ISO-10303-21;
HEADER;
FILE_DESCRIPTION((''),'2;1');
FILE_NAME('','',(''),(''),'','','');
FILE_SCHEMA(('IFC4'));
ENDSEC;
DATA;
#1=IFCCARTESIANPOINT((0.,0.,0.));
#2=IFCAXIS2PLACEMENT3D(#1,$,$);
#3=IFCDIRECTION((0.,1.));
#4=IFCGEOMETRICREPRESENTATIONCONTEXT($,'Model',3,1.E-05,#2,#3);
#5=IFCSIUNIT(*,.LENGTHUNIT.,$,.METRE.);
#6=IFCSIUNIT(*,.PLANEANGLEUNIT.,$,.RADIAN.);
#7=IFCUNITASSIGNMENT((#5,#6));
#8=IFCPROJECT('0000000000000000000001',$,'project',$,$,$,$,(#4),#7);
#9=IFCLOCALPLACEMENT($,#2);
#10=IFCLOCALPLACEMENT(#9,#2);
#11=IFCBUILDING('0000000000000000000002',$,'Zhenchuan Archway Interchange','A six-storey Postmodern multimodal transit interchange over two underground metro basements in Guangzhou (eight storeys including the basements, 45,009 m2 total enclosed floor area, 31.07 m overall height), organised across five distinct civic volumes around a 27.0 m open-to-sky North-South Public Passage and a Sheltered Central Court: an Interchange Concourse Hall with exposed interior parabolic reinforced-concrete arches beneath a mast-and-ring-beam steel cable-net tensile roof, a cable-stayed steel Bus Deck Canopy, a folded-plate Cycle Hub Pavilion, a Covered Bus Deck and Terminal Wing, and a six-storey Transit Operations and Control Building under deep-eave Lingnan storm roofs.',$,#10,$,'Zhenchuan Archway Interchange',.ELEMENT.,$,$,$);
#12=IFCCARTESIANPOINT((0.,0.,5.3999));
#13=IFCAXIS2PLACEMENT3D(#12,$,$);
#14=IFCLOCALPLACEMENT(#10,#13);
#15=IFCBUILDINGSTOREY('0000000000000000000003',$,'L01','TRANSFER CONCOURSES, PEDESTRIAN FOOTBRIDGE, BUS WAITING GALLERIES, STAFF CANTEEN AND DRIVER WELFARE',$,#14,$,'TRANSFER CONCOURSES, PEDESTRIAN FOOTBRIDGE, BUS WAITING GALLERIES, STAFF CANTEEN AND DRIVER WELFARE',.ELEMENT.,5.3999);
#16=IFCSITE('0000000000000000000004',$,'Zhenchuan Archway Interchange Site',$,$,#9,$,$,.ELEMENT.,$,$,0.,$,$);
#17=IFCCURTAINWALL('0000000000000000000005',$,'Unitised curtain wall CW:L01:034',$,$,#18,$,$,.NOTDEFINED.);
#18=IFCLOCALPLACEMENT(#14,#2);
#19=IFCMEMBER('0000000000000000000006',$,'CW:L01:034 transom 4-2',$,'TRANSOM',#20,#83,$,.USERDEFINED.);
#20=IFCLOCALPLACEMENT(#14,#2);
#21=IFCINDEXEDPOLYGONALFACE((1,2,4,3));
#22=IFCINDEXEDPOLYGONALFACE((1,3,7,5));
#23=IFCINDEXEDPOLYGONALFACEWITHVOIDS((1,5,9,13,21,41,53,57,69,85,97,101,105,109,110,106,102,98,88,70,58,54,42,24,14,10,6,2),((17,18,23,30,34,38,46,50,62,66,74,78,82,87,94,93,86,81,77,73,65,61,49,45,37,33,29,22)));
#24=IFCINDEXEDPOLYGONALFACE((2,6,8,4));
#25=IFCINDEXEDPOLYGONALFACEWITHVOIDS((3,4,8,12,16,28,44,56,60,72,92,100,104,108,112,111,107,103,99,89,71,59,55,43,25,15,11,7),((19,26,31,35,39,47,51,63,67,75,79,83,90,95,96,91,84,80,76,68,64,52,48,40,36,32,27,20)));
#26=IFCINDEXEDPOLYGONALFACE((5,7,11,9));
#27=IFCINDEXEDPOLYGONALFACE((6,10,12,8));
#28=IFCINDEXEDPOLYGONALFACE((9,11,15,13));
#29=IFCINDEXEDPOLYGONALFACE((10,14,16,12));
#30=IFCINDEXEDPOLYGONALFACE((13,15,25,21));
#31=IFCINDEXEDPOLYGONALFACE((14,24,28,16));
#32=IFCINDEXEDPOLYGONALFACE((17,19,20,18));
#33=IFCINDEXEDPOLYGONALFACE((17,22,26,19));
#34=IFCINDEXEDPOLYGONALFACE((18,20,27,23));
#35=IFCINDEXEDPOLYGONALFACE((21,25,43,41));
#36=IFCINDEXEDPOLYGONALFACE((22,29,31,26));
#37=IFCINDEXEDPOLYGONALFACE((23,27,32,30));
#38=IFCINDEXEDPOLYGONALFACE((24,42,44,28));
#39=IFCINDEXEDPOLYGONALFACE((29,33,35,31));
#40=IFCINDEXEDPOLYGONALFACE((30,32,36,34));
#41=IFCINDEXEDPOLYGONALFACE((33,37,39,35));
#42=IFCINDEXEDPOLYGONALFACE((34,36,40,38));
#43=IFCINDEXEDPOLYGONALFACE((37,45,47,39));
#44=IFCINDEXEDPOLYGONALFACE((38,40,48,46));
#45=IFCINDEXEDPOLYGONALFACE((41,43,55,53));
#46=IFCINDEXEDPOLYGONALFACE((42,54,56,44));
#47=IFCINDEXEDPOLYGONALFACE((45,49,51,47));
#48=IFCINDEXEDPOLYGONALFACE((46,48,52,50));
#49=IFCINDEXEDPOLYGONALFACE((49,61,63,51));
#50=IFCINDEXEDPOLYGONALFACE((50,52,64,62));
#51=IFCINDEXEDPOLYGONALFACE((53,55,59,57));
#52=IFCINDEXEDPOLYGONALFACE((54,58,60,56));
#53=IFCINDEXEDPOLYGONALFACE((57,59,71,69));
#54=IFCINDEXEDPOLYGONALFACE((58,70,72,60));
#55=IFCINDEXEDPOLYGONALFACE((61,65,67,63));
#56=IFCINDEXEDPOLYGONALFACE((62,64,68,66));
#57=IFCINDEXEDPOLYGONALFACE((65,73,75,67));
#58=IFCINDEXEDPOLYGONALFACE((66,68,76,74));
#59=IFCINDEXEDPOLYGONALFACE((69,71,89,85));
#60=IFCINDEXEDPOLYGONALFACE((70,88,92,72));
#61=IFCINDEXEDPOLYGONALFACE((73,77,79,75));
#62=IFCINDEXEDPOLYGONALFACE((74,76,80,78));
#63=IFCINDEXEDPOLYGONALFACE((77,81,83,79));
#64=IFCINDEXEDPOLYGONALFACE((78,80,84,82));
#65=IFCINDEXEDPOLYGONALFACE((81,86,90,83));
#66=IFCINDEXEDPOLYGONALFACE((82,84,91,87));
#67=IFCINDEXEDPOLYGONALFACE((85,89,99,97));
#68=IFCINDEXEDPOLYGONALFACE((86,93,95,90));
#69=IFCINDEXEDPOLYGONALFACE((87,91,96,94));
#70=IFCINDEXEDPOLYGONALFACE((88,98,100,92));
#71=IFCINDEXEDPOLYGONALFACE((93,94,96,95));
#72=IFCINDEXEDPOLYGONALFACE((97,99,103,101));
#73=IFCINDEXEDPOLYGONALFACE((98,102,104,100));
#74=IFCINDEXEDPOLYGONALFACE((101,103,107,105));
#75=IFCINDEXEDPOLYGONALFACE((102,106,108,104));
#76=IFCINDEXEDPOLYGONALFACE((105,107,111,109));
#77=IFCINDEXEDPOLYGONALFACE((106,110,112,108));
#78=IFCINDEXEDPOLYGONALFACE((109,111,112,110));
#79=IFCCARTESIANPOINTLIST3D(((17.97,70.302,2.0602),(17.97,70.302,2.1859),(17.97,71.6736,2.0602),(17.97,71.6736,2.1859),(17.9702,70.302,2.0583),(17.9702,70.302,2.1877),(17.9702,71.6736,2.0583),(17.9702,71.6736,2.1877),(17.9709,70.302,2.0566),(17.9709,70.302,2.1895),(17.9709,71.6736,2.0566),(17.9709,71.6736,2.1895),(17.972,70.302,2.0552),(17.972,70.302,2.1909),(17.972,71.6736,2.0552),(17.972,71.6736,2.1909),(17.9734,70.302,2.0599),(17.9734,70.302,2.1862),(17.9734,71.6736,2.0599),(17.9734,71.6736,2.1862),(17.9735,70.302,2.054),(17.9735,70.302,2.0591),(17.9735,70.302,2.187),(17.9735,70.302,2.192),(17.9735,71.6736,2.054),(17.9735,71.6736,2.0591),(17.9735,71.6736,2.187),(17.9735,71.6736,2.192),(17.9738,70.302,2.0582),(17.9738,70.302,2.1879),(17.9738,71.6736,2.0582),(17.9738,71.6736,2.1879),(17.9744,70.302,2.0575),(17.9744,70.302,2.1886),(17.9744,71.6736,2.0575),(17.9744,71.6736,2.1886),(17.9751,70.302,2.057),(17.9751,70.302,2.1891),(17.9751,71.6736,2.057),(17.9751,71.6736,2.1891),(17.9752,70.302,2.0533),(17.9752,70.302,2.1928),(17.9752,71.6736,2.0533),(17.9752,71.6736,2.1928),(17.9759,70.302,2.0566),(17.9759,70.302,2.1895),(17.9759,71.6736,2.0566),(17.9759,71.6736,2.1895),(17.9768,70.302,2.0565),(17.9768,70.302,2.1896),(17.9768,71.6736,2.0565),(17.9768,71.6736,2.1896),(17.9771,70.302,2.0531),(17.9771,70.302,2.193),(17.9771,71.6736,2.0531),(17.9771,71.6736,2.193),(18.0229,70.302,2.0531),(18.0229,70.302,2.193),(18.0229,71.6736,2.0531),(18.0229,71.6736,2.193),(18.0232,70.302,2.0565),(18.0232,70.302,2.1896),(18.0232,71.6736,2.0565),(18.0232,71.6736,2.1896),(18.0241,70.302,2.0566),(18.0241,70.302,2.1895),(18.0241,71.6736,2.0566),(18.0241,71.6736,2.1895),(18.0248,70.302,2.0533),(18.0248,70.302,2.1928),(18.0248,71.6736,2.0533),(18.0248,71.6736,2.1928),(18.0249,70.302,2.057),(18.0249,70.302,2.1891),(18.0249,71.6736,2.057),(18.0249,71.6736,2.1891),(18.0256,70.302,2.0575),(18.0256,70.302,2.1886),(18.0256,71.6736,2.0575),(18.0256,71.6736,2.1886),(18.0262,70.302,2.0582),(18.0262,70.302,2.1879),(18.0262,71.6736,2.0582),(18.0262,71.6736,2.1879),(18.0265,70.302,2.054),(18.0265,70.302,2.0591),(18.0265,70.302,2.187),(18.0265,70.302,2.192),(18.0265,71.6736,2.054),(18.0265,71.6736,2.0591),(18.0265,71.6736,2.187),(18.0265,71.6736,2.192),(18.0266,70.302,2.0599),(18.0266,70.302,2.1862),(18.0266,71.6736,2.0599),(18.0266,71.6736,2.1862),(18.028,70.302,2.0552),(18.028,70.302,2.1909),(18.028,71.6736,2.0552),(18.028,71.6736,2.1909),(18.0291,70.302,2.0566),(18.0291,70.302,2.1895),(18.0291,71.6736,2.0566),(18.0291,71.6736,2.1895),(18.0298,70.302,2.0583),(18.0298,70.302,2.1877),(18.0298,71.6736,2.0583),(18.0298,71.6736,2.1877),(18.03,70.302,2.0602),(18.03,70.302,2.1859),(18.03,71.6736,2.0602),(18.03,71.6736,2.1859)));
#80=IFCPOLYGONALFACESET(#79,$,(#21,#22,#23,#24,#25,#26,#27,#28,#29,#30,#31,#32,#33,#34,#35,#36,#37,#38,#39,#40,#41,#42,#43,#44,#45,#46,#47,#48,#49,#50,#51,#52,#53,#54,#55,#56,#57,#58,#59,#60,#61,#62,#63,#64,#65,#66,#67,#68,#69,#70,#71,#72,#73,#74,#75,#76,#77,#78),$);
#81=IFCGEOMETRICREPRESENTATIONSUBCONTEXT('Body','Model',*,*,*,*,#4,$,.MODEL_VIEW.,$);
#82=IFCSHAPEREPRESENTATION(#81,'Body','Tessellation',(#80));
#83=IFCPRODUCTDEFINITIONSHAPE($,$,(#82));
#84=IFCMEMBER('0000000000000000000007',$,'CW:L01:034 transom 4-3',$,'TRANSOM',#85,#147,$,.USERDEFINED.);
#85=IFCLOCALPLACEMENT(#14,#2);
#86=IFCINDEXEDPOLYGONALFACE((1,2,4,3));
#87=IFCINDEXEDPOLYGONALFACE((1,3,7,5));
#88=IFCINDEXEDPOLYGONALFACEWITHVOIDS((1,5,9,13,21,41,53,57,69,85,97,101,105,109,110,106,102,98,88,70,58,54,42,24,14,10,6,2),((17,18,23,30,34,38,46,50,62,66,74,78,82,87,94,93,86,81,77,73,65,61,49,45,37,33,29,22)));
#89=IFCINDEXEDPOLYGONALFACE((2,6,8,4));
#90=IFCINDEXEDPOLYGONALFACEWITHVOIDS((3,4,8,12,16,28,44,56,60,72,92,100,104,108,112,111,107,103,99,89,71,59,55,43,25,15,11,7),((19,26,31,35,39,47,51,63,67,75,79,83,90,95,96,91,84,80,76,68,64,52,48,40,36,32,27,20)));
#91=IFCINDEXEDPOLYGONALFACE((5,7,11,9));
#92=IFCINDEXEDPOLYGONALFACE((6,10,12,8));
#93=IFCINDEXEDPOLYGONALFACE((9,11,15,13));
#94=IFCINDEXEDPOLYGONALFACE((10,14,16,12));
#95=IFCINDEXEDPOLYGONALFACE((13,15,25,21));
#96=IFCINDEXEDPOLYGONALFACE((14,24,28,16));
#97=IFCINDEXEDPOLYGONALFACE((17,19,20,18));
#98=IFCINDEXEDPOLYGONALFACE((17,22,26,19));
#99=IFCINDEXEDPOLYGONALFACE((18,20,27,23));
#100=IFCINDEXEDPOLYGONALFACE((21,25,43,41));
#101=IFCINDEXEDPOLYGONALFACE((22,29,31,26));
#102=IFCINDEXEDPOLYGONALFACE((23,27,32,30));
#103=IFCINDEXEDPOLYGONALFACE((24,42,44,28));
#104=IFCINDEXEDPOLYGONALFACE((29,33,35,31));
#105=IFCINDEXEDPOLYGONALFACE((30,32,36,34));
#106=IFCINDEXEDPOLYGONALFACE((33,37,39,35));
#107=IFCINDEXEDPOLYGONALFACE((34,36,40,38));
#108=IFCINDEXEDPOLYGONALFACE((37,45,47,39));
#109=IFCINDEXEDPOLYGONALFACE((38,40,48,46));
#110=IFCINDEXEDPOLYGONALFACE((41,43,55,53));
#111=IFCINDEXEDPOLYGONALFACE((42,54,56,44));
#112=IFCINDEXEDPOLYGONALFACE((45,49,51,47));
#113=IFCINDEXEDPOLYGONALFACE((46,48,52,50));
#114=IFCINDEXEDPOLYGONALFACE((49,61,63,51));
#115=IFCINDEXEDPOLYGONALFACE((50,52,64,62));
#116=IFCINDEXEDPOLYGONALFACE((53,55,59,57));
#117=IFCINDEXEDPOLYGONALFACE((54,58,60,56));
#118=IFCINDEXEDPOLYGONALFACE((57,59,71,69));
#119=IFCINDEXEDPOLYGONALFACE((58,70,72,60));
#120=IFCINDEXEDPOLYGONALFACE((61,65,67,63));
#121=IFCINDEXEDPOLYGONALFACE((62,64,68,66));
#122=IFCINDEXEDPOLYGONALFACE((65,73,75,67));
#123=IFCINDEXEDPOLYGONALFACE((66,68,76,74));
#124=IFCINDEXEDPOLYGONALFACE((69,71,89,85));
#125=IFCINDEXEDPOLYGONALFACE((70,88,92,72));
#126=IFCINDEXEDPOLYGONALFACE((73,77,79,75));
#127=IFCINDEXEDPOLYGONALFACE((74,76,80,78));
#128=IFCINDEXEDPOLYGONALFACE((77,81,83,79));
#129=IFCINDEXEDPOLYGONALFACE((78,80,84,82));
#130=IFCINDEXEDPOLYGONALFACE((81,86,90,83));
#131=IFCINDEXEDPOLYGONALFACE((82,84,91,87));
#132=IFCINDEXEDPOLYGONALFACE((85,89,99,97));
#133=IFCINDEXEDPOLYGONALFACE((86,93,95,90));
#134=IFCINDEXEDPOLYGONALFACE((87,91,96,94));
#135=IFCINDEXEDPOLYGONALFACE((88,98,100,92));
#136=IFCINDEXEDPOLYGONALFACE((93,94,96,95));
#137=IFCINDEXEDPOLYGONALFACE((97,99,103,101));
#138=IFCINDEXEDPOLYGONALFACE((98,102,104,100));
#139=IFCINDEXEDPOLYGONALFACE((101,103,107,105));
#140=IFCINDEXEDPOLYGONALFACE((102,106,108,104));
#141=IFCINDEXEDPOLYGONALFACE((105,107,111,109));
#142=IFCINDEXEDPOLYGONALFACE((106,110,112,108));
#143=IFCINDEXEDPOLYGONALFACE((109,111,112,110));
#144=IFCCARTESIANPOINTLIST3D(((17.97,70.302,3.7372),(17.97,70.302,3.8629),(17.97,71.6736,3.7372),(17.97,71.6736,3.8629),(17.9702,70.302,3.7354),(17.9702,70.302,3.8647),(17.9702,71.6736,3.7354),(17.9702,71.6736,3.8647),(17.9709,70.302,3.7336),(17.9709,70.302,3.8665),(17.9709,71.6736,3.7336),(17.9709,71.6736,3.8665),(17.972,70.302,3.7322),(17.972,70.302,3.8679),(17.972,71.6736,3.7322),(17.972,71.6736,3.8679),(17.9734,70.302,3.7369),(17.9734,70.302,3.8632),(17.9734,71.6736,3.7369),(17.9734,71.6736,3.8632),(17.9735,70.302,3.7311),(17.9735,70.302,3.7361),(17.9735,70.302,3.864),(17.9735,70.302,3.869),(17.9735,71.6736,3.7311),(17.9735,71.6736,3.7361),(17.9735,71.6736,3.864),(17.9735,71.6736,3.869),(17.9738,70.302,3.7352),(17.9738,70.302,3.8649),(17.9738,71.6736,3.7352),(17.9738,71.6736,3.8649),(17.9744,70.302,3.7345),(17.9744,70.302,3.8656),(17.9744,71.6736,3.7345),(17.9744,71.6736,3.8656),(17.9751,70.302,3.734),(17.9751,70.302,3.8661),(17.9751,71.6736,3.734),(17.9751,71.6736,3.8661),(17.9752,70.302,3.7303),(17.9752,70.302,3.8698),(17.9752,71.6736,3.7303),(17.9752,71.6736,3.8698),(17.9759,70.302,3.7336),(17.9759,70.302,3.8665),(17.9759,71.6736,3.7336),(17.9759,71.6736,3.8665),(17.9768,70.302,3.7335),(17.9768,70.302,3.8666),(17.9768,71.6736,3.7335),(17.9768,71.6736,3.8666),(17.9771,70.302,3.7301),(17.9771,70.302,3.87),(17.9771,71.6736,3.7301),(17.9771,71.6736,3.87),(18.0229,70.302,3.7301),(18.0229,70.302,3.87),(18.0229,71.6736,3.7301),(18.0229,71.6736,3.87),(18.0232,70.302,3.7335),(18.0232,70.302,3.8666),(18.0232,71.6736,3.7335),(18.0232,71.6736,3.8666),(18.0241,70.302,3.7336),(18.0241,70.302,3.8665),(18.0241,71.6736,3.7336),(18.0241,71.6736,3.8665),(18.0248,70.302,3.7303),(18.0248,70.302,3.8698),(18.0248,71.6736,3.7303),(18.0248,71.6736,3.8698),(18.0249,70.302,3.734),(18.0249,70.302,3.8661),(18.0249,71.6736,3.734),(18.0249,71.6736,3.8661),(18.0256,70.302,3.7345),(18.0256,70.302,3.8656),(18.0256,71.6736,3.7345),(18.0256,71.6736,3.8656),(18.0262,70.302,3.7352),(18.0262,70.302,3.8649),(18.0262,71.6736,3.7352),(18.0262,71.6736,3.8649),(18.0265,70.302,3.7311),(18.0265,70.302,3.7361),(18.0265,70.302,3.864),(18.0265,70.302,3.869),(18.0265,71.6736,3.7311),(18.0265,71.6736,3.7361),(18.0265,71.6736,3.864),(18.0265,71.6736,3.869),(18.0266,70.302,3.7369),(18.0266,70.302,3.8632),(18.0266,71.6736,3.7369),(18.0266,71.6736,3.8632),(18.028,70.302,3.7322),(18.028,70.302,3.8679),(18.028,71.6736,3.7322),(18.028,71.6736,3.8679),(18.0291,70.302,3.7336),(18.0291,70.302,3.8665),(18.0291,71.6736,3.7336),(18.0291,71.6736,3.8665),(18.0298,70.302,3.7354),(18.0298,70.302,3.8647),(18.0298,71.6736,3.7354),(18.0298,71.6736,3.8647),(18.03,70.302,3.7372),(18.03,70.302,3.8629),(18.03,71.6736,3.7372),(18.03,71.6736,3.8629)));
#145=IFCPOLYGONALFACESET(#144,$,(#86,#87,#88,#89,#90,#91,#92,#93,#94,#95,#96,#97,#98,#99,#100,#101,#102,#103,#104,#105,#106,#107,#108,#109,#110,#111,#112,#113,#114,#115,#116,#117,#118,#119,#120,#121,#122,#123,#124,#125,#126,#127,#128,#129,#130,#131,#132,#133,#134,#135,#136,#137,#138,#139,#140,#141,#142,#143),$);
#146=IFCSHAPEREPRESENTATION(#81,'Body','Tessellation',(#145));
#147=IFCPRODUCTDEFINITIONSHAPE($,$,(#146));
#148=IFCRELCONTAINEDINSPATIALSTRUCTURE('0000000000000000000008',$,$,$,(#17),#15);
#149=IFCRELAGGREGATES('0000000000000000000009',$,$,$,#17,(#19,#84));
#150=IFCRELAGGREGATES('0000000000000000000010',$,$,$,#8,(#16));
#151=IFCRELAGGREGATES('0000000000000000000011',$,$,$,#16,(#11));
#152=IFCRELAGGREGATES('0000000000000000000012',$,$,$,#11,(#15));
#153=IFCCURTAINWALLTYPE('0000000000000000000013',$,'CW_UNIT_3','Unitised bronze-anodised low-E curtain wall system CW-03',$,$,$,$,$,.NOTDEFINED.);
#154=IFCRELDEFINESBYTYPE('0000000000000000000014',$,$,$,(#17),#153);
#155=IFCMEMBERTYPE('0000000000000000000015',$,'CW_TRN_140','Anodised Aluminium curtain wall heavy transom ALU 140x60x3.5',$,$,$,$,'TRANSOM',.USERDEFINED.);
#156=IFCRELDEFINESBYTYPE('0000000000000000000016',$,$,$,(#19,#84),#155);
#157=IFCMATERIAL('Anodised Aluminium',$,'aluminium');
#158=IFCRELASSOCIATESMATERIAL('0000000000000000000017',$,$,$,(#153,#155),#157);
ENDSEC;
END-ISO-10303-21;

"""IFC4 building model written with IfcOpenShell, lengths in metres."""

from ifc_helpers import new_model, si_unit, direction, frame, origin, origin_2d, place, context, subcontext, project, spatial, hollow_rectangle, extrude, material, material_profile, profile_set, type_object, element, aggregate, save


model = new_model("IFC4")

# Units and contexts
model_context = context("Model", 3, precision=1e-05, world=origin(), true_north=direction((0.0, 1.0)))
body_context = subcontext(model_context, "Body", "Model", "MODEL_VIEW")
ifc_project = project(units=[si_unit("LENGTHUNIT", "METRE"), si_unit("PLANEANGLEUNIT", "RADIAN")], contexts=[model_context])

# Site, building, storey
site_placement = place(None, origin())
site = spatial("IfcSite", under=ifc_project, at=site_placement, Name="Zhenchuan Archway Interchange Site", CompositionType="ELEMENT", RefElevation=0.0)
building_placement = place(site_placement, origin())
building = spatial("IfcBuilding", under=site, at=building_placement, Name="Zhenchuan Archway Interchange", Description="A six-storey Postmodern multimodal transit interchange over two underground metro basements in Guangzhou (eight storeys including the basements, 45,009 m2 total enclosed floor area, 31.07 m overall height), organised across five distinct civic volumes around a 27.0 m open-to-sky North-South Public Passage and a Sheltered Central Court: an Interchange Concourse Hall with exposed interior parabolic reinforced-concrete arches beneath a mast-and-ring-beam steel cable-net tensile roof, a cable-stayed steel Bus Deck Canopy, a folded-plate Cycle Hub Pavilion, a Covered Bus Deck and Terminal Wing, and a six-storey Transit Operations and Control Building under deep-eave Lingnan storm roofs.", LongName="Zhenchuan Archway Interchange", CompositionType="ELEMENT")
storey_placement = place(building_placement, frame((0.0, 0.0, 5.3999)))
storey = spatial("IfcBuildingStorey", under=building, at=storey_placement, Name="L01", Description="TRANSFER CONCOURSES, PEDESTRIAN FOOTBRIDGE, BUS WAITING GALLERIES, STAFF CANTEEN AND DRIVER WELFARE", LongName="TRANSFER CONCOURSES, PEDESTRIAN FOOTBRIDGE, BUS WAITING GALLERIES, STAFF CANTEEN AND DRIVER WELFARE", CompositionType="ELEMENT", Elevation=5.3999)

# Curtain wall
ifc_material_1 = material(Name="Anodised Aluminium", Category="aluminium")
curtain_wall_type_1 = type_object("IfcCurtainWallType", Name="CW_UNIT_3", Description="Unitised bronze-anodised low-E curtain wall system CW-03", PredefinedType="NOTDEFINED", material=ifc_material_1)
curtain_wall_1_placement = place(storey_placement, origin())
curtain_wall_1 = element("IfcCurtainWall", 1, at=curtain_wall_1_placement, inside=storey, type_object=curtain_wall_type_1, Name="Unitised curtain wall CW:L01:034", PredefinedType="NOTDEFINED")

# Members
ifc_material_profile_1 = material_profile(ifc_material_1, hollow_rectangle(XDim=0.0601, YDim=0.1399, WallThickness=0.0034, InnerFilletRadius=0.0034, OuterFilletRadius=0.0071, at=origin_2d()), Name="ALU 140x60x3.5")
ifc_profile_set_1 = profile_set([ifc_material_profile_1], Name="Anodised Aluminium")
member_type_1 = type_object("IfcMemberType", Name="CW_TRN_140", Description="Anodised Aluminium curtain wall heavy transom ALU 140x60x3.5", ElementType="TRANSOM", PredefinedType="USERDEFINED", material=ifc_profile_set_1)
member_1_placement = place(storey_placement, frame((18.0, 70.302, 2.123), z_axis=(0.0, 1.0, 0.0), x_axis=(-1.0, 0.0, 0.0)))
member_1 = element("IfcMember", 2, at=member_1_placement, type_object=member_type_1, Name="CW:L01:034 transom 4-2", ObjectType="TRANSOM", PredefinedType="USERDEFINED", context=body_context, shape_type="SweptSolid", body=[
    extrude(hollow_rectangle(XDim=0.0601, YDim=0.1399, WallThickness=0.0034, InnerFilletRadius=0.0034, OuterFilletRadius=0.0071, at=origin_2d()), origin(), (0.0, 0.0, 1.0), 1.3716),
])
member_2_placement = place(storey_placement, frame((18.0, 70.302, 3.8), z_axis=(0.0, 1.0, 0.0), x_axis=(-1.0, 0.0, 0.0)))
member_2 = element("IfcMember", 3, at=member_2_placement, type_object=member_type_1, Name="CW:L01:034 transom 4-3", ObjectType="TRANSOM", PredefinedType="USERDEFINED", context=body_context, shape_type="SweptSolid", body=[
    extrude(hollow_rectangle(XDim=0.0601, YDim=0.1399, WallThickness=0.0034, InnerFilletRadius=0.0034, OuterFilletRadius=0.0071, at=origin_2d()), origin(), (0.0, 0.0, 1.0), 1.3716),
])

aggregate(curtain_wall_1, [member_1, member_2])

save(model, "model.ifc")
